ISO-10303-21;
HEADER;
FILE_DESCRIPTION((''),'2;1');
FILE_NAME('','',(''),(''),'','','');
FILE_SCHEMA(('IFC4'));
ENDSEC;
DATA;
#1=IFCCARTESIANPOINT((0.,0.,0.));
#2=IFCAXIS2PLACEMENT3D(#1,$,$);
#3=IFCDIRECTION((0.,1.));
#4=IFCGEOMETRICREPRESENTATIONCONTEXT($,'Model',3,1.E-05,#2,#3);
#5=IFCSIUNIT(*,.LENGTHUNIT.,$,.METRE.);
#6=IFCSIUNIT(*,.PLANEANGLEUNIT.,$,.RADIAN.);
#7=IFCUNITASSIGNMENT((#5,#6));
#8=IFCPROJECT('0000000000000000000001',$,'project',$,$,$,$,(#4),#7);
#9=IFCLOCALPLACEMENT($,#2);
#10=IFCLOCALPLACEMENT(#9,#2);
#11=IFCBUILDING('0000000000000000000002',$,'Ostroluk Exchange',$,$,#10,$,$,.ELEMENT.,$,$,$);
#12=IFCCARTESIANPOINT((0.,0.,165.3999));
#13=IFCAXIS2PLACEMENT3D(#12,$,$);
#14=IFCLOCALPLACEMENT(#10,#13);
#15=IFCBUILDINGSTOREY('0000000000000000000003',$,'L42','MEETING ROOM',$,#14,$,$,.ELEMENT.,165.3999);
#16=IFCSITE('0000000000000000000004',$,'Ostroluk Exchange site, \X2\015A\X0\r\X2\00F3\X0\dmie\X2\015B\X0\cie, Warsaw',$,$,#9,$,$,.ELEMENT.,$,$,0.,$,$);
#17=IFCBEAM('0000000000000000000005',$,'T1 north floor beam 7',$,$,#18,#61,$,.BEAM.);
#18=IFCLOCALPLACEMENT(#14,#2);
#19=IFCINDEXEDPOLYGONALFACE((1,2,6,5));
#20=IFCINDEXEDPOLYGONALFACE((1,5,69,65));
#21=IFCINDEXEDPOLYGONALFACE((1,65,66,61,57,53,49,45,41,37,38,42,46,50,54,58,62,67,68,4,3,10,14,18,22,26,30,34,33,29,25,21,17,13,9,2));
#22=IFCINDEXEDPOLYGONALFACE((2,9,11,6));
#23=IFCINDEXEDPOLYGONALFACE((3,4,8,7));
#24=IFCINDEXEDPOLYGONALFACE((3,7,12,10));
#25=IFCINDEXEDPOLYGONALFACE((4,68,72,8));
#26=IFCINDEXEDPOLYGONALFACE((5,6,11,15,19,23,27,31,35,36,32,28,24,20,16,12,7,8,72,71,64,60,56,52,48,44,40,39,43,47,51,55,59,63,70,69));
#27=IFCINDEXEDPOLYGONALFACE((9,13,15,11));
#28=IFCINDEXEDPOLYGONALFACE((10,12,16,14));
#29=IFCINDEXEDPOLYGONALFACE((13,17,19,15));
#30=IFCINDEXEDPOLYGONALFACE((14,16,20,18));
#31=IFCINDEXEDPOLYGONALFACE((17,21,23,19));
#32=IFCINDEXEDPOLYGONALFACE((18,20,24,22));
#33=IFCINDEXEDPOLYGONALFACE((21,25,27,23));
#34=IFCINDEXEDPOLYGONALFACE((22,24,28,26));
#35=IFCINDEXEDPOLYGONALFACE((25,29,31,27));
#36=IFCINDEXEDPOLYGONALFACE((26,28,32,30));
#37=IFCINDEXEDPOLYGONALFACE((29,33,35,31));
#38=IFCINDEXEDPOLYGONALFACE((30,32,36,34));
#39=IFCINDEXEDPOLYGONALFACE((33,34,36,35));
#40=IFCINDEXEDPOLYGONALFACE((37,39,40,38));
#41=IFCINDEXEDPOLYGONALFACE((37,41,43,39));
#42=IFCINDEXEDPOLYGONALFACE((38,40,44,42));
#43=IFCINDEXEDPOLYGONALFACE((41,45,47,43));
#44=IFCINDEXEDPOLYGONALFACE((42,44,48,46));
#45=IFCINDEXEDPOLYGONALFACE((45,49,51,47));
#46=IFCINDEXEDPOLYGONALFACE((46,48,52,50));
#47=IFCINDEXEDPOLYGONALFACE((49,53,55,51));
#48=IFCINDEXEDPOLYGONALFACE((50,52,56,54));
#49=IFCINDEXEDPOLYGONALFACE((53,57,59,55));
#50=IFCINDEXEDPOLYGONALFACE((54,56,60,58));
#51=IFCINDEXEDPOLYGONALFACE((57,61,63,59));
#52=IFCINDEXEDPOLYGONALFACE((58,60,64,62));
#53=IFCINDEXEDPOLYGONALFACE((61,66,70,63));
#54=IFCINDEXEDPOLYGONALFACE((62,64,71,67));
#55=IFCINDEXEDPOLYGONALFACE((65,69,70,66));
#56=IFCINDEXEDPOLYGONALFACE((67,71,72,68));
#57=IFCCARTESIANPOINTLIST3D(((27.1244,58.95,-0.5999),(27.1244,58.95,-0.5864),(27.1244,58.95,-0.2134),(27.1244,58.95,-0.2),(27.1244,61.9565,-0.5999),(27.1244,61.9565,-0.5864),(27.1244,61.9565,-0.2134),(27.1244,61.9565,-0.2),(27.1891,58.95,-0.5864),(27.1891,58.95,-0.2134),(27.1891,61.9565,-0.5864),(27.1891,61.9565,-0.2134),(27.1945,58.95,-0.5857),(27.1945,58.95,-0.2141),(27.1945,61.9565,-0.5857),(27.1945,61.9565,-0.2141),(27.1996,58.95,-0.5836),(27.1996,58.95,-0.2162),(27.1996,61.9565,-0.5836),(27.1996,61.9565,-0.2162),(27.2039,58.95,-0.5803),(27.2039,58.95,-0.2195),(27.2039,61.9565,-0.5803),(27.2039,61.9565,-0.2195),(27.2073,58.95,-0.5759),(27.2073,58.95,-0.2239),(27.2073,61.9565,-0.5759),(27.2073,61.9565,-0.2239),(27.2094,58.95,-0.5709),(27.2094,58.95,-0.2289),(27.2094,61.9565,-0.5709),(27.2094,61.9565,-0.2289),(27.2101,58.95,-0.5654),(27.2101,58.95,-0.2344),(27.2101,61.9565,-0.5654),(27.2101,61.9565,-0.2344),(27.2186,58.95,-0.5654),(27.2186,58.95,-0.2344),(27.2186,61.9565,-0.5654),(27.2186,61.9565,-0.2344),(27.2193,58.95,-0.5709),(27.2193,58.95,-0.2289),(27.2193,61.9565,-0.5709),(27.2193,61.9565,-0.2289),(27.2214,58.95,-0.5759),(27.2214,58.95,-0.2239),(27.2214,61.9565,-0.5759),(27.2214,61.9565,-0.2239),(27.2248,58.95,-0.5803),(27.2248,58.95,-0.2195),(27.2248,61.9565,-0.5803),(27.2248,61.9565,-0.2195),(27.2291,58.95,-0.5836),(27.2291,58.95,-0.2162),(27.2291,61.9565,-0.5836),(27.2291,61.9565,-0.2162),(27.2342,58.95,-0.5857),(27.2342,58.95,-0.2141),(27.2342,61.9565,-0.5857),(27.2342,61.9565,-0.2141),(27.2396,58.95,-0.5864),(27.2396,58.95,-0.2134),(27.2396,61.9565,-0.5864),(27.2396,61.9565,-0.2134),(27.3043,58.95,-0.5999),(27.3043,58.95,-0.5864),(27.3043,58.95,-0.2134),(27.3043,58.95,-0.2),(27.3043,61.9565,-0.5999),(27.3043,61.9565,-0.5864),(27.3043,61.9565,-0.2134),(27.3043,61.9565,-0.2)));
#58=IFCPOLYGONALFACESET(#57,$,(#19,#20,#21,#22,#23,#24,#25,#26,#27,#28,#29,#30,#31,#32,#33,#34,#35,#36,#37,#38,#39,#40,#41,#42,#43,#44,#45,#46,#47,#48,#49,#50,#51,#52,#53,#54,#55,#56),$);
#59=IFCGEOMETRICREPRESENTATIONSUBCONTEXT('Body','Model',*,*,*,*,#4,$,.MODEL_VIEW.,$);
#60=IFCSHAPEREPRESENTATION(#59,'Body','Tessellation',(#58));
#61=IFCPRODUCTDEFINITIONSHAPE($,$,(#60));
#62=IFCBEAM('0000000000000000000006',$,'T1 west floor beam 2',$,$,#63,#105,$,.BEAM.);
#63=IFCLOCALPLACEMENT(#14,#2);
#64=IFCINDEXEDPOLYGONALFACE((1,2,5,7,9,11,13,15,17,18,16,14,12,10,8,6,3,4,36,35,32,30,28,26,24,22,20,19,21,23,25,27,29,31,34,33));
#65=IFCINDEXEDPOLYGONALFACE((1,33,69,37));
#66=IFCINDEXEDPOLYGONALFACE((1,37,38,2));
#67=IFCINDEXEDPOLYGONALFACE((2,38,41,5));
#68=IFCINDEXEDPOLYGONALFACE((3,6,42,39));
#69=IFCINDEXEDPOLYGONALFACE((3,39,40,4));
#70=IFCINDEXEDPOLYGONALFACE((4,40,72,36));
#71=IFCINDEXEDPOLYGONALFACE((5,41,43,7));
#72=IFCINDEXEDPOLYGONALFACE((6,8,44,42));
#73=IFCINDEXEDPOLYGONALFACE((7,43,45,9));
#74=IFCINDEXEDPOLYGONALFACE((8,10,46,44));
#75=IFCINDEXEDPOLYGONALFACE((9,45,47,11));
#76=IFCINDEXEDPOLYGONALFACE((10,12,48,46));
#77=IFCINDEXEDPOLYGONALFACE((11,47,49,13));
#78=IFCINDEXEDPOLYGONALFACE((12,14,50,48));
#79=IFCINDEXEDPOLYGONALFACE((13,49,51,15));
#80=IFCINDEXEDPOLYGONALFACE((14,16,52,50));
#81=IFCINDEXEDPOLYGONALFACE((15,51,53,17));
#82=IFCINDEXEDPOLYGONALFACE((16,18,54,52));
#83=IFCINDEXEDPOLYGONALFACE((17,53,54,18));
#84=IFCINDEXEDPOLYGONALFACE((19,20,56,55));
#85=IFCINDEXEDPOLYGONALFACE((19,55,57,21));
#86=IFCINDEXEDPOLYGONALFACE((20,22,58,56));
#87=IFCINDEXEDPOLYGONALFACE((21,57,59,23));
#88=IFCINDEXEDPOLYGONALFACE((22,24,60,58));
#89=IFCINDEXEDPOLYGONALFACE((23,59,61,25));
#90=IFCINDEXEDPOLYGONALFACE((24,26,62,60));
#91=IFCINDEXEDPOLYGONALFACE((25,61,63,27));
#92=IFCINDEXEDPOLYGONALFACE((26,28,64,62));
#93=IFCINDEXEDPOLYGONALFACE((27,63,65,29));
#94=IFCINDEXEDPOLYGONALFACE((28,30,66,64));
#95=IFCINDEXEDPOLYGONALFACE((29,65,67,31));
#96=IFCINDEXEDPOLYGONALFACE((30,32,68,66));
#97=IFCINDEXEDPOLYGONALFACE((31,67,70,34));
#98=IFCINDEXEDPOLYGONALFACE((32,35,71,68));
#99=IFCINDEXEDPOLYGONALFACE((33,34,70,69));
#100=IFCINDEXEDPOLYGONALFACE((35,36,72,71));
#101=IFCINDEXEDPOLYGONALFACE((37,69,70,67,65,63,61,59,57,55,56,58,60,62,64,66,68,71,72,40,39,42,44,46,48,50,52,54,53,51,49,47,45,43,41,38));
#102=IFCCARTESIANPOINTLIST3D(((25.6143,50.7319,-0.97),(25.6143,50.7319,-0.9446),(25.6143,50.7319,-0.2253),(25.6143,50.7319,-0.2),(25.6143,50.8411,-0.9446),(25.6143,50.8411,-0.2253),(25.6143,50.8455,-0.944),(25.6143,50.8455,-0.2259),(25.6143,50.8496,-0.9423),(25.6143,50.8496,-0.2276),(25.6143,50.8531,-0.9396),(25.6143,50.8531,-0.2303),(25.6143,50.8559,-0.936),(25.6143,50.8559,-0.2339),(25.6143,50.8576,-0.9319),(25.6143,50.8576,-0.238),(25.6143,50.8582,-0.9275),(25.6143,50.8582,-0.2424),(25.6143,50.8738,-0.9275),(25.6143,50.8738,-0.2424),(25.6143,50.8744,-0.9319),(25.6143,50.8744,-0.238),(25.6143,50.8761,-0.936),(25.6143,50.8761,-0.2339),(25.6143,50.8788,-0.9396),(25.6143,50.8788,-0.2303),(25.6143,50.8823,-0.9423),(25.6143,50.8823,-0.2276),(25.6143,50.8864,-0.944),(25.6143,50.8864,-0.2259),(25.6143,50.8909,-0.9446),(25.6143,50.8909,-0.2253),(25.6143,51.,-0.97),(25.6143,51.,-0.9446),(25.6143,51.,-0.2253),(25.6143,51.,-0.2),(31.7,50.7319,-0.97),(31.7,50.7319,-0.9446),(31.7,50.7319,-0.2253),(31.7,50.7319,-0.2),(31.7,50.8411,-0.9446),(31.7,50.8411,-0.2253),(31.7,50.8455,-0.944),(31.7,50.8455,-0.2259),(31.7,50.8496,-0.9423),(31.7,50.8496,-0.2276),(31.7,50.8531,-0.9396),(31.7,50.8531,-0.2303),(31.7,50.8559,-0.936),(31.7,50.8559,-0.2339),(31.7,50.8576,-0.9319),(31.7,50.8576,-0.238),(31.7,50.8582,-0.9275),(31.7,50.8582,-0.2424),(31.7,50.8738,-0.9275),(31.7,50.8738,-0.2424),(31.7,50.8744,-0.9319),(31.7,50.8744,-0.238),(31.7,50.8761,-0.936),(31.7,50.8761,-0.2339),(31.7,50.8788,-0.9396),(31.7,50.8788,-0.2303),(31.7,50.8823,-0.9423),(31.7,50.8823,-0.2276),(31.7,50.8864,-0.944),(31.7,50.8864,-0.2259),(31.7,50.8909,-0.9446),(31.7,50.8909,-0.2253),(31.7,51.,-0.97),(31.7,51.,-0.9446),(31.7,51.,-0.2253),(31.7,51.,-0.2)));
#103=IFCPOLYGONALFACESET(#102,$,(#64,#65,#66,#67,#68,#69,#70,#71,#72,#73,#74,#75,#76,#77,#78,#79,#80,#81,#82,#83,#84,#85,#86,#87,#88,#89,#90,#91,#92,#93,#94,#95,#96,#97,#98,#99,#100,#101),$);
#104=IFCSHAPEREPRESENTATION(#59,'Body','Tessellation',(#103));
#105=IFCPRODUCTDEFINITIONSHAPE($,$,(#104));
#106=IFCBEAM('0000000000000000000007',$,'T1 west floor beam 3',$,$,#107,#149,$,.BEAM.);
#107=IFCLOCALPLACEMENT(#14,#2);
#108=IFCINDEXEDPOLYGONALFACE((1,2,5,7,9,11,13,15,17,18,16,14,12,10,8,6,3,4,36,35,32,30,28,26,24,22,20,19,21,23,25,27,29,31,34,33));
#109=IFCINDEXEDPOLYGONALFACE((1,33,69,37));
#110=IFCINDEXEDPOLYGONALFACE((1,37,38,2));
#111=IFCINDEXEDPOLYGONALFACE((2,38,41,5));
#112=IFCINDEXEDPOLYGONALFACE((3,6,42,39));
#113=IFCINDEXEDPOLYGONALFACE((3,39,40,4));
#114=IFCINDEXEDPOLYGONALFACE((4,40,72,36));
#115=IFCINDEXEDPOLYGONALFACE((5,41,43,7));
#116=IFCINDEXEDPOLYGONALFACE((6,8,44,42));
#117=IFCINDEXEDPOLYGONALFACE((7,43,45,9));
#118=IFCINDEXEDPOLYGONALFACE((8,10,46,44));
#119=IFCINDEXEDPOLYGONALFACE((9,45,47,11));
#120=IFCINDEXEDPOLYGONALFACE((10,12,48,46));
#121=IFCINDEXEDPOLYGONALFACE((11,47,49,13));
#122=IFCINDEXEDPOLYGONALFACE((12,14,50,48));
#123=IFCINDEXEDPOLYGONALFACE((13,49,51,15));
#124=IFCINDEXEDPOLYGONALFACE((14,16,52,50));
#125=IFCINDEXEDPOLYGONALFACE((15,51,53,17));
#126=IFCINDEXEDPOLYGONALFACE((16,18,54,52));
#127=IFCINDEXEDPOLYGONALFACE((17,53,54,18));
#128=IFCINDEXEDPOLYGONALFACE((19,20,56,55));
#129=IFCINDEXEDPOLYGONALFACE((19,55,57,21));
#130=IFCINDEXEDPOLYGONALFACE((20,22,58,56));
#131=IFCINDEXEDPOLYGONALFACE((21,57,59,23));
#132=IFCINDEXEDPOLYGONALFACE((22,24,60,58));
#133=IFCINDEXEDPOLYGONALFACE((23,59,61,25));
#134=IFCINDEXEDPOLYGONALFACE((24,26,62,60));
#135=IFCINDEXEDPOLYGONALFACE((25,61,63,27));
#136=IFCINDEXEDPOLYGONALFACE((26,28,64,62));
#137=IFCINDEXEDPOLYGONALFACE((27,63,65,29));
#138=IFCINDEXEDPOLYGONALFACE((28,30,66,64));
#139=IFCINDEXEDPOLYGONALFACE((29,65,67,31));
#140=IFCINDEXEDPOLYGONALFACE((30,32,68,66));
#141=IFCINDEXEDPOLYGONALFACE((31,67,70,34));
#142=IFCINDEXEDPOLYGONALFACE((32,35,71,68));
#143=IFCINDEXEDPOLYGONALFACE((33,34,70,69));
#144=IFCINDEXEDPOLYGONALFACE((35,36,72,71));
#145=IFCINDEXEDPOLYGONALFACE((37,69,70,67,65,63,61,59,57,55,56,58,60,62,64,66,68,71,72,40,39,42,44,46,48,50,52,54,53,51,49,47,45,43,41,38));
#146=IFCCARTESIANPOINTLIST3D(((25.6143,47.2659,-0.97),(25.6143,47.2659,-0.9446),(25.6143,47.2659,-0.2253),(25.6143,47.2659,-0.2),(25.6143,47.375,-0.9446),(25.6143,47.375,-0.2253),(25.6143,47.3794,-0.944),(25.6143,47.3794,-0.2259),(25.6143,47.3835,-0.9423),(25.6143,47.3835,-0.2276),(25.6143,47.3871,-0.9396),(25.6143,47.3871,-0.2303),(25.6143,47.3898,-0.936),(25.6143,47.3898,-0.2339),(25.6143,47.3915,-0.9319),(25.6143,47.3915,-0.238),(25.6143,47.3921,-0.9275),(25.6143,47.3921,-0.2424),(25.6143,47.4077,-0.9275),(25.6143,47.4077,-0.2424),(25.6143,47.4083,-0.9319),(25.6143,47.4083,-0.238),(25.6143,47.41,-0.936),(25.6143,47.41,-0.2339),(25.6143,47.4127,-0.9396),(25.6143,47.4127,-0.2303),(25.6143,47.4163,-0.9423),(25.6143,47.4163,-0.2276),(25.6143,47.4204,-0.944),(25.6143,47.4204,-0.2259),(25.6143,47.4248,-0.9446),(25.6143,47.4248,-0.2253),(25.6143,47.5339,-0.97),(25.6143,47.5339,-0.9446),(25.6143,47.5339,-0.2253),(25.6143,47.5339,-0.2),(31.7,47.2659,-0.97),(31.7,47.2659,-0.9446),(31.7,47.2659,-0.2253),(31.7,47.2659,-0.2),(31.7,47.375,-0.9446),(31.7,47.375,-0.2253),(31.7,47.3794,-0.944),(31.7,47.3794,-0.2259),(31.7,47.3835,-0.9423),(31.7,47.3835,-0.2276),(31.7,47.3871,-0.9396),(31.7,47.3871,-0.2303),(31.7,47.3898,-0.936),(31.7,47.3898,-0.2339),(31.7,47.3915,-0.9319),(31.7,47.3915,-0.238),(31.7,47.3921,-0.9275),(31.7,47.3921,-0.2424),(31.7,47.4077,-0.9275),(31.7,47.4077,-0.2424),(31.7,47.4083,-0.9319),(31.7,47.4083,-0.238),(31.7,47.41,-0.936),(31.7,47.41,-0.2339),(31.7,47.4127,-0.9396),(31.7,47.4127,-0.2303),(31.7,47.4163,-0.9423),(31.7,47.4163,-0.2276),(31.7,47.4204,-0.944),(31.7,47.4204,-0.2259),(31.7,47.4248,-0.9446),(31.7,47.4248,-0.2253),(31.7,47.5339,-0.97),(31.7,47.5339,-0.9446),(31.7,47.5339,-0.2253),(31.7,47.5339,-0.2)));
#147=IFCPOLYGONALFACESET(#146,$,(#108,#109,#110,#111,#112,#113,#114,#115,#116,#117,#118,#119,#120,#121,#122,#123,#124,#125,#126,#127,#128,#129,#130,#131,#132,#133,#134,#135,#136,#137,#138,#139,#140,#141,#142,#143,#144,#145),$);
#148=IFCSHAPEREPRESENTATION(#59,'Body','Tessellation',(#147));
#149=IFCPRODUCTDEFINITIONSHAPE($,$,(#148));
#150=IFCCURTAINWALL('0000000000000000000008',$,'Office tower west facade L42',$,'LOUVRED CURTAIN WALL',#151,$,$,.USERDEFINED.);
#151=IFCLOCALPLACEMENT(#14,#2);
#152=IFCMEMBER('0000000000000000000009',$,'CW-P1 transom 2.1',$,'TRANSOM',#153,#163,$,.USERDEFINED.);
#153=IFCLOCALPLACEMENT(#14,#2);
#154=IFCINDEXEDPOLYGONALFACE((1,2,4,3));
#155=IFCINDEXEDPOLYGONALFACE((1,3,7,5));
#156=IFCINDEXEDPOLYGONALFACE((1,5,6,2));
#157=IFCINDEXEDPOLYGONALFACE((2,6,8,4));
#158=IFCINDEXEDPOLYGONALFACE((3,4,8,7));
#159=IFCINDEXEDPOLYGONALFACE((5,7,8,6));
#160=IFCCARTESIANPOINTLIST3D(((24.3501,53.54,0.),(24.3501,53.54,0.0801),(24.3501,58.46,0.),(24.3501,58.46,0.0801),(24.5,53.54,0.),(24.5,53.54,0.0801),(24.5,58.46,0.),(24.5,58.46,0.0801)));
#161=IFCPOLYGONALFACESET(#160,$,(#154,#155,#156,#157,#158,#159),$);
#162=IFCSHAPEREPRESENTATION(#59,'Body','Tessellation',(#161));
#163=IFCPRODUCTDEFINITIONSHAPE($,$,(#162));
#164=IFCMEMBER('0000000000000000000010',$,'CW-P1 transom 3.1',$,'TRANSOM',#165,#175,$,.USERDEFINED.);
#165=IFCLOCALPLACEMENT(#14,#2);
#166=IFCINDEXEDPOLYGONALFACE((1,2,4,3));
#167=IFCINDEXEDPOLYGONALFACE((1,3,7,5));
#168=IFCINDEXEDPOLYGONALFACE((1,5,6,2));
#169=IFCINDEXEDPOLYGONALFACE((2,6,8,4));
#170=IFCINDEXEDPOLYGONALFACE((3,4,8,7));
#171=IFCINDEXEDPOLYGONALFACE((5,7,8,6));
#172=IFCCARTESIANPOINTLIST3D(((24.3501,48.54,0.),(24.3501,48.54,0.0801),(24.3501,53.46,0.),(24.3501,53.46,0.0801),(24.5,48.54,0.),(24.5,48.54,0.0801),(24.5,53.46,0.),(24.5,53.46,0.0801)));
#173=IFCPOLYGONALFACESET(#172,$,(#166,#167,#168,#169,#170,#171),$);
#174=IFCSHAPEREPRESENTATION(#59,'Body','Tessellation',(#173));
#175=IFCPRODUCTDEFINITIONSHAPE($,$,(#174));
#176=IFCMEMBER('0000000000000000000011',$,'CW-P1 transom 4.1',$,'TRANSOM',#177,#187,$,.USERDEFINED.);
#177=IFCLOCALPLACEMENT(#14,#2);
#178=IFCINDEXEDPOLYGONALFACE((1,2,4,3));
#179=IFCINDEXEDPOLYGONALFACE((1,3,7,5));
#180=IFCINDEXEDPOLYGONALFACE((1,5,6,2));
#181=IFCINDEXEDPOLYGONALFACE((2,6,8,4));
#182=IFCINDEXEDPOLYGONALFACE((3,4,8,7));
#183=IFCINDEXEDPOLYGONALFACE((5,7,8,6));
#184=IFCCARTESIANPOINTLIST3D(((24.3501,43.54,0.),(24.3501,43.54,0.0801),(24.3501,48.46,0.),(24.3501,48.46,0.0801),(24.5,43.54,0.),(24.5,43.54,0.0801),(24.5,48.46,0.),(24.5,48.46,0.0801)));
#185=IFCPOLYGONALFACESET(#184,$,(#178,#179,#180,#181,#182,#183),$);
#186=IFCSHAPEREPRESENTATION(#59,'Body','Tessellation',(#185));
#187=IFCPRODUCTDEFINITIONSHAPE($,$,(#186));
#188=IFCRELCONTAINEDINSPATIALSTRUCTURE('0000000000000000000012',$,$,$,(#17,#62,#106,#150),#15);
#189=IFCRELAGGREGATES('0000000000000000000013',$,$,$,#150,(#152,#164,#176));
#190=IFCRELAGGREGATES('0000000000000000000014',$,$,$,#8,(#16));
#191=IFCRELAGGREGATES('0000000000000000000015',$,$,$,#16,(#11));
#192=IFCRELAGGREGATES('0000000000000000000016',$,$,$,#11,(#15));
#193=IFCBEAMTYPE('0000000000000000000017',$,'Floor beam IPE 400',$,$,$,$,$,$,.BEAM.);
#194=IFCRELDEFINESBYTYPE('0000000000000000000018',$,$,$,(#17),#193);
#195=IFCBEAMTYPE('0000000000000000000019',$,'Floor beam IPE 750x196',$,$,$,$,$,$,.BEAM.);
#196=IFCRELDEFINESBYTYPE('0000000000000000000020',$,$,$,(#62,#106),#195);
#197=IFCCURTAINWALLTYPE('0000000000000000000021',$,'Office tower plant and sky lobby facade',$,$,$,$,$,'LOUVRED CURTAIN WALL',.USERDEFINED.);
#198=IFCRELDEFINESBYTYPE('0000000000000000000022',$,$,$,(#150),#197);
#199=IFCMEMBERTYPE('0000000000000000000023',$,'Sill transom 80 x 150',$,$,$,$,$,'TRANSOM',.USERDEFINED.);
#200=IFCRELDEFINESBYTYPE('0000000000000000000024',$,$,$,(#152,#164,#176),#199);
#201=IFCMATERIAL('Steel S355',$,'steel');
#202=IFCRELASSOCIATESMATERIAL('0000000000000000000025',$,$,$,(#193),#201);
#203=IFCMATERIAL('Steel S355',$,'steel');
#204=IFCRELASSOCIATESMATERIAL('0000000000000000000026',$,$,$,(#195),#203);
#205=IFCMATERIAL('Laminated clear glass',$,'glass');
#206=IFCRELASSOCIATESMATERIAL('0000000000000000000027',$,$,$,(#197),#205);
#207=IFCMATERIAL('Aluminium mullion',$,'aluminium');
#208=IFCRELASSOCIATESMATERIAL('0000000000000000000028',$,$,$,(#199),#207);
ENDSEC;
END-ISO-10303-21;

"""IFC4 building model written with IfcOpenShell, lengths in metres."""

from ifc_helpers import new_model, si_unit, direction, frame, origin, origin_2d, place, context, subcontext, project, spatial, rectangle, i_section, extrude, material, material_profile, profile_set, type_object, element, aggregate, save


model = new_model("IFC4")

# Units and contexts
model_context = context("Model", 3, precision=1e-05, world=origin(), true_north=direction((0.0, 1.0)))
body_context = subcontext(model_context, "Body", "Model", "MODEL_VIEW")
ifc_project = project(units=[si_unit("LENGTHUNIT", "METRE"), si_unit("PLANEANGLEUNIT", "RADIAN")], contexts=[model_context])

# Site, building, storey
site_placement = place(None, origin())
site = spatial("IfcSite", under=ifc_project, at=site_placement, Name="Ostroluk Exchange site, Śródmieście, Warsaw", CompositionType="ELEMENT", RefElevation=0.0)
building_placement = place(site_placement, origin())
building = spatial("IfcBuilding", under=site, at=building_placement, Name="Ostroluk Exchange", CompositionType="ELEMENT")
storey_placement = place(building_placement, frame((0.0, 0.0, 165.3999)))
storey = spatial("IfcBuildingStorey", under=building, at=storey_placement, Name="L42", Description="MEETING ROOM", CompositionType="ELEMENT", Elevation=165.3999)

# Beams
ifc_material_1 = material(Name="Steel S355", Category="steel")
ifc_material_profile_1 = material_profile(ifc_material_1, i_section(OverallWidth=0.1799, OverallDepth=0.3999, WebThickness=0.0085, FlangeThickness=0.0134, FilletRadius=0.021, at=origin_2d()), Name="IPE 400")
ifc_profile_set_1 = profile_set([ifc_material_profile_1], Name="Steel S355")
beam_type_1 = type_object("IfcBeamType", Name="Floor beam IPE 400", PredefinedType="BEAM", material=ifc_profile_set_1)
beam_placement = place(storey_placement, frame((27.2144, 58.95, -0.3999), z_axis=(0.0, 1.0, 0.0), x_axis=(-1.0, 0.0, 0.0)))
element("IfcBeam", 1, at=beam_placement, inside=storey, type_object=beam_type_1, Name="T1 north floor beam 7", PredefinedType="BEAM", context=body_context, shape_type="SweptSolid", body=[
    extrude(i_section(OverallWidth=0.1799, OverallDepth=0.3999, WebThickness=0.0085, FlangeThickness=0.0134, FilletRadius=0.021, at=origin_2d()), origin(), (0.0, 0.0, 1.0), 3.0066),
])
ifc_material_2 = material(Name="Steel S355", Category="steel")
ifc_material_profile_2 = material_profile(ifc_material_2, i_section(OverallWidth=0.2681, OverallDepth=0.77, WebThickness=0.0156, FlangeThickness=0.0254, FilletRadius=0.0171, at=origin_2d()), Name="IPE 750x196")
ifc_profile_set_2 = profile_set([ifc_material_profile_2], Name="Steel S355")
beam_type_2 = type_object("IfcBeamType", Name="Floor beam IPE 750x196", PredefinedType="BEAM", material=ifc_profile_set_2)
for number, where, z_axis, x_axis, name in (
    (2, (31.7, 50.866, -0.585), (-1.0, 0.0, 0.0), (0.0, -1.0, 0.0), "T1 west floor beam 2"),
    (3, (31.7, 47.3999, -0.585), (-1.0, 0.0, 0.0), (0.0, -1.0, 0.0), "T1 west floor beam 3"),
):
    element("IfcBeam", number, at=place(storey_placement, frame(where, z_axis=z_axis, x_axis=x_axis)), inside=storey, type_object=beam_type_2, Name=name, PredefinedType="BEAM", context=body_context, shape_type="SweptSolid", body=[
        extrude(i_section(OverallWidth=0.2681, OverallDepth=0.77, WebThickness=0.0156, FlangeThickness=0.0254, FilletRadius=0.0171, at=origin_2d()), origin(), (0.0, 0.0, 1.0), 6.0857),
    ])

# Curtain wall, members
ifc_material_3 = material(Name="Laminated clear glass", Category="glass")
curtain_wall_type = type_object("IfcCurtainWallType", Name="Office tower plant and sky lobby facade", ElementType="LOUVRED CURTAIN WALL", PredefinedType="USERDEFINED", material=ifc_material_3)
curtain_wall_placement = place(storey_placement, origin())
curtain_wall = element("IfcCurtainWall", 4, at=curtain_wall_placement, inside=storey, type_object=curtain_wall_type, Name="Office tower west facade L42", ObjectType="LOUVRED CURTAIN WALL", PredefinedType="USERDEFINED")
ifc_material_4 = material(Name="Aluminium mullion", Category="aluminium")
ifc_material_profile_3 = material_profile(ifc_material_4, rectangle(XDim=0.1499, YDim=0.0801, at=origin_2d()), Name="Sill transom 80 x 150")
ifc_profile_set_3 = profile_set([ifc_material_profile_3], Name="Aluminium mullion")
member_type_1 = type_object("IfcMemberType", Name="Sill transom 80 x 150", ElementType="TRANSOM", PredefinedType="USERDEFINED", material=ifc_profile_set_3)
member_1_placement = place(storey_placement, frame((24.425, 58.46, 0.04), z_axis=(0.0, -1.0, 0.0), x_axis=(1.0, 0.0, 0.0)))
member_1 = element("IfcMember", 5, at=member_1_placement, type_object=member_type_1, Name="CW-P1 transom 2.1", ObjectType="TRANSOM", PredefinedType="USERDEFINED", context=body_context, shape_type="SweptSolid", body=[
    extrude(rectangle(XDim=0.1499, YDim=0.0801, at=origin_2d()), origin(), (0.0, 0.0, 1.0), 4.9199),
])
member_2_placement = place(storey_placement, frame((24.425, 53.46, 0.04), z_axis=(0.0, -1.0, 0.0), x_axis=(1.0, 0.0, 0.0)))
member_2 = element("IfcMember", 6, at=member_2_placement, type_object=member_type_1, Name="CW-P1 transom 3.1", ObjectType="TRANSOM", PredefinedType="USERDEFINED", context=body_context, shape_type="SweptSolid", body=[
    extrude(rectangle(XDim=0.1499, YDim=0.0801, at=origin_2d()), origin(), (0.0, 0.0, 1.0), 4.9199),
])
member_3_placement = place(storey_placement, frame((24.425, 48.46, 0.04), z_axis=(0.0, -1.0, 0.0), x_axis=(1.0, 0.0, 0.0)))
member_3 = element("IfcMember", 7, at=member_3_placement, type_object=member_type_1, Name="CW-P1 transom 4.1", ObjectType="TRANSOM", PredefinedType="USERDEFINED", context=body_context, shape_type="SweptSolid", body=[
    extrude(rectangle(XDim=0.1499, YDim=0.0801, at=origin_2d()), origin(), (0.0, 0.0, 1.0), 4.9199),
])
aggregate(curtain_wall, [member_1, member_2, member_3])

save(model, "model.ifc")
